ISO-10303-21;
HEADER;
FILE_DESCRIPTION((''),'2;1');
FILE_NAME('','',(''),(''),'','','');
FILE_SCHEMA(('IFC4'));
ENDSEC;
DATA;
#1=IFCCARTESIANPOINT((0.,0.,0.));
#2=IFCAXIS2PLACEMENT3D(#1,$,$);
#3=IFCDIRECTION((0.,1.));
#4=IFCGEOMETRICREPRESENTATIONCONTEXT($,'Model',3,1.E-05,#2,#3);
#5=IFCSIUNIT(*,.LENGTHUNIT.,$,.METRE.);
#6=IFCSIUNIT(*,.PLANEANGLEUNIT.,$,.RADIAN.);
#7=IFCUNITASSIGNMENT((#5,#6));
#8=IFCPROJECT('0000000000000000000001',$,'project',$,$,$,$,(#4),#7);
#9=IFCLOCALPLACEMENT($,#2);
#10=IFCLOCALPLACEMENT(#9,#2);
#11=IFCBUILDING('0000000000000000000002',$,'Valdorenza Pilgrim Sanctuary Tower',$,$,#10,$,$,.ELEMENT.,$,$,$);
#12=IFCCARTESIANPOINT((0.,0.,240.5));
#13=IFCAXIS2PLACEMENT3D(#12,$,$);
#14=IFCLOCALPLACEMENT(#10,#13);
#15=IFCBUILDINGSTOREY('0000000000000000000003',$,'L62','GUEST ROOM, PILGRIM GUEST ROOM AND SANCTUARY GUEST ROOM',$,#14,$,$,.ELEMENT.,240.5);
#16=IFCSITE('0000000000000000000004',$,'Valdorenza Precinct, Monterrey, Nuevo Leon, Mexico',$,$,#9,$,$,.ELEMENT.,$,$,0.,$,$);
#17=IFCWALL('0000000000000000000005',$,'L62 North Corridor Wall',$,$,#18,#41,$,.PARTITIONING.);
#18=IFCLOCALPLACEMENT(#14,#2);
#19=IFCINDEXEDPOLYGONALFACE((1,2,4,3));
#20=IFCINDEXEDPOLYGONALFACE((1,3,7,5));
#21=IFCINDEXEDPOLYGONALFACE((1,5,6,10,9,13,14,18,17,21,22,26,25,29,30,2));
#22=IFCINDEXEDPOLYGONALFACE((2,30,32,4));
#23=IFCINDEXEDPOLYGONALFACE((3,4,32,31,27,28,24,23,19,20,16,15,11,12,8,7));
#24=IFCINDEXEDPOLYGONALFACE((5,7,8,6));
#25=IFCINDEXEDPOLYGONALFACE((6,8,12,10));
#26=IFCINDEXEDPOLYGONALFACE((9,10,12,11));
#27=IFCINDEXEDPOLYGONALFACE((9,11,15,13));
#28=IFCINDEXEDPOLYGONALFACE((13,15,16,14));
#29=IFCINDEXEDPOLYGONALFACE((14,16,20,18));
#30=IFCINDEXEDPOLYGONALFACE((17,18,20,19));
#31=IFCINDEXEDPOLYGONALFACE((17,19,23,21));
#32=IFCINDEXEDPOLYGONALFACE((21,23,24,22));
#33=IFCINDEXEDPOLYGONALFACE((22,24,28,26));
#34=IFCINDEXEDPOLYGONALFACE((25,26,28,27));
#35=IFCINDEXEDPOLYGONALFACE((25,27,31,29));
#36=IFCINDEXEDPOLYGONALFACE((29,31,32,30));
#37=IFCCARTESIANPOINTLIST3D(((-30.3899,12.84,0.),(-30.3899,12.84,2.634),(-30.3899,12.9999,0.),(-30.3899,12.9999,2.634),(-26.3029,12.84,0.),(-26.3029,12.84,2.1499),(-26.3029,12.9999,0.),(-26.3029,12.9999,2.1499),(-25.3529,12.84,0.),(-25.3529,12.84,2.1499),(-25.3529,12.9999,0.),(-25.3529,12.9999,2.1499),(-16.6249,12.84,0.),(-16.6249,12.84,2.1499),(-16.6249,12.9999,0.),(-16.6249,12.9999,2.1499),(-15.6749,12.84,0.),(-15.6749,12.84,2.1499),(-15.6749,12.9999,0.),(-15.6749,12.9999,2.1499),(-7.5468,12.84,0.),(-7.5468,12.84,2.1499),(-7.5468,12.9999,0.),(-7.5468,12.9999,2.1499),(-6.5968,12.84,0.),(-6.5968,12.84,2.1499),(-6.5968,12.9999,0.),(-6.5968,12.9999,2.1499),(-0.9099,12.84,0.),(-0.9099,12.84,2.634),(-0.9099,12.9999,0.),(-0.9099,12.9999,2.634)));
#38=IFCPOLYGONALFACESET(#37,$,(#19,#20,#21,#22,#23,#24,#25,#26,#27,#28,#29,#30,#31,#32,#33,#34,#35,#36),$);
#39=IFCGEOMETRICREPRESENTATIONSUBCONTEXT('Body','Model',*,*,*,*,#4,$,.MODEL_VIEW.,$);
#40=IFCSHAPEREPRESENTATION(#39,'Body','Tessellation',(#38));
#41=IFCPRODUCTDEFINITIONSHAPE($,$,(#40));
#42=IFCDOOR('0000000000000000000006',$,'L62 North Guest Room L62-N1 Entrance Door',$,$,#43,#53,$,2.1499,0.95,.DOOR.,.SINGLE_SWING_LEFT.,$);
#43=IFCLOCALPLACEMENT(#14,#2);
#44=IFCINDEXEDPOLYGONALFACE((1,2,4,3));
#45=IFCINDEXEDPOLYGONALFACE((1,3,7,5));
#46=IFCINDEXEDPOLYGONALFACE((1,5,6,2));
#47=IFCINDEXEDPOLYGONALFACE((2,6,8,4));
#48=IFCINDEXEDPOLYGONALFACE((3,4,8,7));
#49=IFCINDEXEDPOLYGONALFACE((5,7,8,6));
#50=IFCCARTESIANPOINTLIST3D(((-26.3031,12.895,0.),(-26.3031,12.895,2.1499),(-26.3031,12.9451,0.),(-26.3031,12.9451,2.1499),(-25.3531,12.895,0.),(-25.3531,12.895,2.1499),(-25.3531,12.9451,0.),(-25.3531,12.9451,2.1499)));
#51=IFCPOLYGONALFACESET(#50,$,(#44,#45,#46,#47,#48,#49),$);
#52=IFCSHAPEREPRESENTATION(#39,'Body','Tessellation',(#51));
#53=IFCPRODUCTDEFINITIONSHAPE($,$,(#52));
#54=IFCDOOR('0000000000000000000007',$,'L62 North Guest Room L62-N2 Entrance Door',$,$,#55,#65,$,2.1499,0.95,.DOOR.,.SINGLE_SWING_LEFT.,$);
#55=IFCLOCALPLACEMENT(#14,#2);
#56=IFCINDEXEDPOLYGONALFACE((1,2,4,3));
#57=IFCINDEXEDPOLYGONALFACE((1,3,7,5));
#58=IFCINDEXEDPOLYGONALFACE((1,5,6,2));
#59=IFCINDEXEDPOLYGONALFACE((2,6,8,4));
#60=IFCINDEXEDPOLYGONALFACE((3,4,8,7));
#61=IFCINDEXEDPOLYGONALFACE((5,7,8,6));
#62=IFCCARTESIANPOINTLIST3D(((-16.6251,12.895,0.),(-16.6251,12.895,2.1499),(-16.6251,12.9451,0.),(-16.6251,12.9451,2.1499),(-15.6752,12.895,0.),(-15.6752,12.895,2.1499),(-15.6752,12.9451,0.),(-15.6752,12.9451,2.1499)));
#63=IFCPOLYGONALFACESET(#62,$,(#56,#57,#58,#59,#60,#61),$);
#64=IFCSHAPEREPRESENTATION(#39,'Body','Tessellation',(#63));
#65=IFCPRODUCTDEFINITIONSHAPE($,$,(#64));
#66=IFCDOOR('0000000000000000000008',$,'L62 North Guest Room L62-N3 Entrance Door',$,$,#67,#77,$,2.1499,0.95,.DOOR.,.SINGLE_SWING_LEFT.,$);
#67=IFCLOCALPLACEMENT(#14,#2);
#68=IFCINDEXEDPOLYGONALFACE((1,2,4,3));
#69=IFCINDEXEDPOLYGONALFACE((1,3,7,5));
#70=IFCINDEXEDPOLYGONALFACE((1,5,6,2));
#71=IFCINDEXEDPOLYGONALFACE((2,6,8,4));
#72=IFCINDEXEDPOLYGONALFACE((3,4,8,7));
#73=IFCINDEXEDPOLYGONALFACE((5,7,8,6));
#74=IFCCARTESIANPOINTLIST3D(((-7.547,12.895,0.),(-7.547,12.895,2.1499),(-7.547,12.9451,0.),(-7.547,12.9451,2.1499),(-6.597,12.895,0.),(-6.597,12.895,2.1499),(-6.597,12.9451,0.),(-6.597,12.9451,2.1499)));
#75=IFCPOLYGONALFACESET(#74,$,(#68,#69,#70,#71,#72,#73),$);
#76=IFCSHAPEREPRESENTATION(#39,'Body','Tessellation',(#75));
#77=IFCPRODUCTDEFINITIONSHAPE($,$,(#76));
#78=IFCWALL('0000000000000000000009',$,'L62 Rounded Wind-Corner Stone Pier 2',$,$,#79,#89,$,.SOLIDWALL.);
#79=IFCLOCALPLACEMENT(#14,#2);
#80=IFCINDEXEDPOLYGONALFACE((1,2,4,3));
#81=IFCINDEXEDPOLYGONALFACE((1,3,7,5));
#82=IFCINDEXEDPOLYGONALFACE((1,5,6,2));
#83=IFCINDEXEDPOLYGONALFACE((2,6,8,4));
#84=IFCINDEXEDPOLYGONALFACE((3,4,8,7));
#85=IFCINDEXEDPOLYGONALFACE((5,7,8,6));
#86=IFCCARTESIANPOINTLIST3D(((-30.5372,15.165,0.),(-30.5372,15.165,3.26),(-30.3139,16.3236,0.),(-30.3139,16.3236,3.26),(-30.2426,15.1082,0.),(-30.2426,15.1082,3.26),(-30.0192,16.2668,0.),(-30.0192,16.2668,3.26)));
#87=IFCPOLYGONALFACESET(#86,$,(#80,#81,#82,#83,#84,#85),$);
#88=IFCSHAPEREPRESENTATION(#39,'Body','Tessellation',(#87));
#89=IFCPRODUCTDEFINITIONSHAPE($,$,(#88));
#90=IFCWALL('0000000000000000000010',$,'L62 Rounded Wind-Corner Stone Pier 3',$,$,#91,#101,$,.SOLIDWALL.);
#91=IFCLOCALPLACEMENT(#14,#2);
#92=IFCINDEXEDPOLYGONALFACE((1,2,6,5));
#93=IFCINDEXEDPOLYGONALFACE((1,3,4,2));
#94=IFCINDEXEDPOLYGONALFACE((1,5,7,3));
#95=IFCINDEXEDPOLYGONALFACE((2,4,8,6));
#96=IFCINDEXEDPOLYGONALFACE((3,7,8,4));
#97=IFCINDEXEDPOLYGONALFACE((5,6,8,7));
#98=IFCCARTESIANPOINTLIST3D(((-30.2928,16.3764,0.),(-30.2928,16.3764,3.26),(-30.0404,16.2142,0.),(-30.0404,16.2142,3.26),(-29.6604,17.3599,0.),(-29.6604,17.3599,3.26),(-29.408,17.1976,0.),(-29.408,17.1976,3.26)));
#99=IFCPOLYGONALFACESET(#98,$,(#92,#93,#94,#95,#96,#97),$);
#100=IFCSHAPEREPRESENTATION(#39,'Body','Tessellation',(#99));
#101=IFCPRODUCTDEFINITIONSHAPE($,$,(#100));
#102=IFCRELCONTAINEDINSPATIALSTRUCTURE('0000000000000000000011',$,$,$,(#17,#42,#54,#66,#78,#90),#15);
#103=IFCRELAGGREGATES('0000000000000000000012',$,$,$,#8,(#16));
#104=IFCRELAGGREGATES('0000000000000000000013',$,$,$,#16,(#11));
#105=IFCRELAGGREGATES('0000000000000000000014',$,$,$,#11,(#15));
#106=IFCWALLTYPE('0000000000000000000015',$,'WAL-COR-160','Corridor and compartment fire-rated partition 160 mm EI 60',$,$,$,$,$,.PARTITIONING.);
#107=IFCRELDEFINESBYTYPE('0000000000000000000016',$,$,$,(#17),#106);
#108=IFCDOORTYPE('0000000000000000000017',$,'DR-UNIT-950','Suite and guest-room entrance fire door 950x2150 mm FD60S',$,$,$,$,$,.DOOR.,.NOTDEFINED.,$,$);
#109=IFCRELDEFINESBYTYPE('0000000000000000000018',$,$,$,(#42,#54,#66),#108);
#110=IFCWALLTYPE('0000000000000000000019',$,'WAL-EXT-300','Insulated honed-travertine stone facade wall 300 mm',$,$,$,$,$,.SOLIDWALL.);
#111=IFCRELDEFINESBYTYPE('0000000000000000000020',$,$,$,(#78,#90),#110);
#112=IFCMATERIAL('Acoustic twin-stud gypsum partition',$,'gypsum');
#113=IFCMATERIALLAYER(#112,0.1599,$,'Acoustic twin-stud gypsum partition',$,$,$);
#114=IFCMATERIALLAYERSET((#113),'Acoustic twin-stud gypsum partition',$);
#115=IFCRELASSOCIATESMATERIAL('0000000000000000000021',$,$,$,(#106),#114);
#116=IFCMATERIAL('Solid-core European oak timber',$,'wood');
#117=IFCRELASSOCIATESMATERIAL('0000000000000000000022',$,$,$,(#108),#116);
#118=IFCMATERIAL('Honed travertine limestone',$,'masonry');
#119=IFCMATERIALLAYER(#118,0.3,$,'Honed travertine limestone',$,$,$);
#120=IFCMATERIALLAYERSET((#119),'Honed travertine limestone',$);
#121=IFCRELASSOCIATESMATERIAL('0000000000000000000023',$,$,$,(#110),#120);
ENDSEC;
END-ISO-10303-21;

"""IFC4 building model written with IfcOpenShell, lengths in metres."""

from ifc_helpers import new_model, si_unit, direction, frame, frame_2d, origin, place, context, subcontext, project, spatial, rectangle, extrude, material, layer, layer_set, type_object, element, fill, save


model = new_model("IFC4")

# Units and contexts
model_context = context("Model", 3, precision=1e-05, world=origin(), true_north=direction((0.0, 1.0)))
body_context = subcontext(model_context, "Body", "Model", "MODEL_VIEW")
ifc_project = project(units=[si_unit("LENGTHUNIT", "METRE"), si_unit("PLANEANGLEUNIT", "RADIAN")], contexts=[model_context])

# Site, building, storey
site_placement = place(None, origin())
site = spatial("IfcSite", under=ifc_project, at=site_placement, Name="Valdorenza Precinct, Monterrey, Nuevo Leon, Mexico", CompositionType="ELEMENT", RefElevation=0.0)
building_placement = place(site_placement, origin())
building = spatial("IfcBuilding", under=site, at=building_placement, Name="Valdorenza Pilgrim Sanctuary Tower", CompositionType="ELEMENT")
storey_placement = place(building_placement, frame((0.0, 0.0, 240.5)))
storey = spatial("IfcBuildingStorey", under=building, at=storey_placement, Name="L62", Description="GUEST ROOM, PILGRIM GUEST ROOM AND SANCTUARY GUEST ROOM", CompositionType="ELEMENT", Elevation=240.5)

# Shared definitions
ifc_material_1 = material(Name="Honed travertine limestone", Category="masonry")

# Wall, openings, doors
ifc_material_2 = material(Name="Acoustic twin-stud gypsum partition", Category="gypsum")
ifc_layer_1 = layer(ifc_material_2, 0.1599, Name="Acoustic twin-stud gypsum partition")
ifc_layer_set_1 = layer_set([ifc_layer_1], Name="Acoustic twin-stud gypsum partition")
wall_type_1 = type_object("IfcWallType", Name="WAL-COR-160", Description="Corridor and compartment fire-rated partition 160 mm EI 60", PredefinedType="PARTITIONING", material=ifc_layer_set_1)
wall_1_placement = place(storey_placement, frame((-30.3899, 12.9199, 0.0), z_axis=(0.0, 0.0, 1.0), x_axis=(1.0, 0.0, 0.0)))
wall_1 = element("IfcWall", 1, at=wall_1_placement, inside=storey, type_object=wall_type_1, Name="L62 North Corridor Wall", PredefinedType="PARTITIONING", context=body_context, shape_type="SweptSolid", body=[
    extrude(rectangle(XDim=29.48, YDim=0.1599, at=frame_2d((14.74, 0.0))), origin(), (0.0, 0.0, 1.0), 2.634),
])
opening_1_placement = place(wall_1_placement, frame((4.0869, 0.0, 0.0)))
opening_1 = element("IfcOpeningElement", 2, at=opening_1_placement, cuts=wall_1, PredefinedType="OPENING", context=body_context, shape_type="SweptSolid", body=[
    extrude(rectangle(XDim=0.95, YDim=2.1499, at=frame_2d((0.4751, 1.075))), frame((0.0, 0.0947, 0.0), z_axis=(0.0, -1.0, 0.0), x_axis=(1.0, 0.0, 0.0)), (0.0, 0.0, 1.0), 0.1897),
])
opening_2_placement = place(wall_1_placement, frame((13.7649, 0.0, 0.0)))
opening_2 = element("IfcOpeningElement", 3, at=opening_2_placement, cuts=wall_1, PredefinedType="OPENING", context=body_context, shape_type="SweptSolid", body=[
    extrude(rectangle(XDim=0.95, YDim=2.1499, at=frame_2d((0.4751, 1.075))), frame((0.0, 0.0947, 0.0), z_axis=(0.0, -1.0, 0.0), x_axis=(1.0, 0.0, 0.0)), (0.0, 0.0, 1.0), 0.1897),
])
opening_3_placement = place(wall_1_placement, frame((22.843, 0.0, 0.0)))
opening_3 = element("IfcOpeningElement", 4, at=opening_3_placement, cuts=wall_1, PredefinedType="OPENING", context=body_context, shape_type="SweptSolid", body=[
    extrude(rectangle(XDim=0.95, YDim=2.1499, at=frame_2d((0.4751, 1.075))), frame((0.0, 0.0947, 0.0), z_axis=(0.0, -1.0, 0.0), x_axis=(1.0, 0.0, 0.0)), (0.0, 0.0, 1.0), 0.1897),
])
ifc_material_3 = material(Name="Solid-core European oak timber", Category="wood")
door_type = type_object("IfcDoorType", Name="DR-UNIT-950", Description="Suite and guest-room entrance fire door 950x2150 mm FD60S", OperationType="NOTDEFINED", PredefinedType="DOOR", material=ifc_material_3)
door_1_placement = place(opening_1_placement, frame((0.95, 0.0, 0.0), z_axis=(0.0, 0.0, 1.0), x_axis=(-1.0, 0.0, 0.0)))
door_1 = element("IfcDoor", 5, at=door_1_placement, inside=storey, type_object=door_type, Name="L62 North Guest Room L62-N1 Entrance Door", OperationType="SINGLE_SWING_LEFT", OverallHeight=2.1499, OverallWidth=0.95, PredefinedType="DOOR", context=body_context, shape_type="SweptSolid", body=[
    extrude(rectangle(XDim=0.95, YDim=2.1499, at=frame_2d((0.4751, 1.075))), frame((0.0, 0.0249, 0.0), z_axis=(0.0, -1.0, 0.0), x_axis=(1.0, 0.0, 0.0)), (0.0, 0.0, 1.0), 0.05),
])
fill(opening_1, door_1)
door_2_placement = place(opening_2_placement, frame((0.95, 0.0, 0.0), z_axis=(0.0, 0.0, 1.0), x_axis=(-1.0, 0.0, 0.0)))
door_2 = element("IfcDoor", 6, at=door_2_placement, inside=storey, type_object=door_type, Name="L62 North Guest Room L62-N2 Entrance Door", OperationType="SINGLE_SWING_LEFT", OverallHeight=2.1499, OverallWidth=0.95, PredefinedType="DOOR", context=body_context, shape_type="SweptSolid", body=[
    extrude(rectangle(XDim=0.95, YDim=2.1499, at=frame_2d((0.4751, 1.075))), frame((0.0, 0.0249, 0.0), z_axis=(0.0, -1.0, 0.0), x_axis=(1.0, 0.0, 0.0)), (0.0, 0.0, 1.0), 0.05),
])
fill(opening_2, door_2)
door_3_placement = place(opening_3_placement, frame((0.95, 0.0, 0.0), z_axis=(0.0, 0.0, 1.0), x_axis=(-1.0, 0.0, 0.0)))
door_3 = element("IfcDoor", 7, at=door_3_placement, inside=storey, type_object=door_type, Name="L62 North Guest Room L62-N3 Entrance Door", OperationType="SINGLE_SWING_LEFT", OverallHeight=2.1499, OverallWidth=0.95, PredefinedType="DOOR", context=body_context, shape_type="SweptSolid", body=[
    extrude(rectangle(XDim=0.95, YDim=2.1499, at=frame_2d((0.4751, 1.075))), frame((0.0, 0.0249, 0.0), z_axis=(0.0, -1.0, 0.0), x_axis=(1.0, 0.0, 0.0)), (0.0, 0.0, 1.0), 0.05),
])
fill(opening_3, door_3)

# Walls
ifc_layer_2 = layer(ifc_material_1, 0.3, Name="Honed travertine limestone")
ifc_layer_set_2 = layer_set([ifc_layer_2], Name="Honed travertine limestone")
wall_type_2 = type_object("IfcWallType", Name="WAL-EXT-300", Description="Insulated honed-travertine stone facade wall 300 mm", PredefinedType="SOLIDWALL", material=ifc_layer_set_2)
wall_2_placement = place(storey_placement, frame((-30.3899, 15.1367, 0.0), z_axis=(0.0, 0.0, 1.0), x_axis=(0.189308, 0.981918, 0.0)))
element("IfcWall", 8, at=wall_2_placement, inside=storey, type_object=wall_type_2, Name="L62 Rounded Wind-Corner Stone Pier 2", PredefinedType="SOLIDWALL", context=body_context, shape_type="SweptSolid", body=[
    extrude(rectangle(XDim=1.1799, YDim=0.3, at=frame_2d((0.5898, 0.0))), origin(), (0.0, 0.0, 1.0), 3.26),
])
wall_3_placement = place(storey_placement, frame((-30.1665, 16.2954, 0.0), z_axis=(0.0, 0.0, 1.0), x_axis=(0.540842, 0.841124, 0.0)))
element("IfcWall", 9, at=wall_3_placement, inside=storey, type_object=wall_type_2, Name="L62 Rounded Wind-Corner Stone Pier 3", PredefinedType="SOLIDWALL", context=body_context, shape_type="SweptSolid", body=[
    extrude(rectangle(XDim=1.1692, YDim=0.3, at=frame_2d((0.5845, 0.0))), origin(), (0.0, 0.0, 1.0), 3.26),
])

save(model, "model.ifc")
